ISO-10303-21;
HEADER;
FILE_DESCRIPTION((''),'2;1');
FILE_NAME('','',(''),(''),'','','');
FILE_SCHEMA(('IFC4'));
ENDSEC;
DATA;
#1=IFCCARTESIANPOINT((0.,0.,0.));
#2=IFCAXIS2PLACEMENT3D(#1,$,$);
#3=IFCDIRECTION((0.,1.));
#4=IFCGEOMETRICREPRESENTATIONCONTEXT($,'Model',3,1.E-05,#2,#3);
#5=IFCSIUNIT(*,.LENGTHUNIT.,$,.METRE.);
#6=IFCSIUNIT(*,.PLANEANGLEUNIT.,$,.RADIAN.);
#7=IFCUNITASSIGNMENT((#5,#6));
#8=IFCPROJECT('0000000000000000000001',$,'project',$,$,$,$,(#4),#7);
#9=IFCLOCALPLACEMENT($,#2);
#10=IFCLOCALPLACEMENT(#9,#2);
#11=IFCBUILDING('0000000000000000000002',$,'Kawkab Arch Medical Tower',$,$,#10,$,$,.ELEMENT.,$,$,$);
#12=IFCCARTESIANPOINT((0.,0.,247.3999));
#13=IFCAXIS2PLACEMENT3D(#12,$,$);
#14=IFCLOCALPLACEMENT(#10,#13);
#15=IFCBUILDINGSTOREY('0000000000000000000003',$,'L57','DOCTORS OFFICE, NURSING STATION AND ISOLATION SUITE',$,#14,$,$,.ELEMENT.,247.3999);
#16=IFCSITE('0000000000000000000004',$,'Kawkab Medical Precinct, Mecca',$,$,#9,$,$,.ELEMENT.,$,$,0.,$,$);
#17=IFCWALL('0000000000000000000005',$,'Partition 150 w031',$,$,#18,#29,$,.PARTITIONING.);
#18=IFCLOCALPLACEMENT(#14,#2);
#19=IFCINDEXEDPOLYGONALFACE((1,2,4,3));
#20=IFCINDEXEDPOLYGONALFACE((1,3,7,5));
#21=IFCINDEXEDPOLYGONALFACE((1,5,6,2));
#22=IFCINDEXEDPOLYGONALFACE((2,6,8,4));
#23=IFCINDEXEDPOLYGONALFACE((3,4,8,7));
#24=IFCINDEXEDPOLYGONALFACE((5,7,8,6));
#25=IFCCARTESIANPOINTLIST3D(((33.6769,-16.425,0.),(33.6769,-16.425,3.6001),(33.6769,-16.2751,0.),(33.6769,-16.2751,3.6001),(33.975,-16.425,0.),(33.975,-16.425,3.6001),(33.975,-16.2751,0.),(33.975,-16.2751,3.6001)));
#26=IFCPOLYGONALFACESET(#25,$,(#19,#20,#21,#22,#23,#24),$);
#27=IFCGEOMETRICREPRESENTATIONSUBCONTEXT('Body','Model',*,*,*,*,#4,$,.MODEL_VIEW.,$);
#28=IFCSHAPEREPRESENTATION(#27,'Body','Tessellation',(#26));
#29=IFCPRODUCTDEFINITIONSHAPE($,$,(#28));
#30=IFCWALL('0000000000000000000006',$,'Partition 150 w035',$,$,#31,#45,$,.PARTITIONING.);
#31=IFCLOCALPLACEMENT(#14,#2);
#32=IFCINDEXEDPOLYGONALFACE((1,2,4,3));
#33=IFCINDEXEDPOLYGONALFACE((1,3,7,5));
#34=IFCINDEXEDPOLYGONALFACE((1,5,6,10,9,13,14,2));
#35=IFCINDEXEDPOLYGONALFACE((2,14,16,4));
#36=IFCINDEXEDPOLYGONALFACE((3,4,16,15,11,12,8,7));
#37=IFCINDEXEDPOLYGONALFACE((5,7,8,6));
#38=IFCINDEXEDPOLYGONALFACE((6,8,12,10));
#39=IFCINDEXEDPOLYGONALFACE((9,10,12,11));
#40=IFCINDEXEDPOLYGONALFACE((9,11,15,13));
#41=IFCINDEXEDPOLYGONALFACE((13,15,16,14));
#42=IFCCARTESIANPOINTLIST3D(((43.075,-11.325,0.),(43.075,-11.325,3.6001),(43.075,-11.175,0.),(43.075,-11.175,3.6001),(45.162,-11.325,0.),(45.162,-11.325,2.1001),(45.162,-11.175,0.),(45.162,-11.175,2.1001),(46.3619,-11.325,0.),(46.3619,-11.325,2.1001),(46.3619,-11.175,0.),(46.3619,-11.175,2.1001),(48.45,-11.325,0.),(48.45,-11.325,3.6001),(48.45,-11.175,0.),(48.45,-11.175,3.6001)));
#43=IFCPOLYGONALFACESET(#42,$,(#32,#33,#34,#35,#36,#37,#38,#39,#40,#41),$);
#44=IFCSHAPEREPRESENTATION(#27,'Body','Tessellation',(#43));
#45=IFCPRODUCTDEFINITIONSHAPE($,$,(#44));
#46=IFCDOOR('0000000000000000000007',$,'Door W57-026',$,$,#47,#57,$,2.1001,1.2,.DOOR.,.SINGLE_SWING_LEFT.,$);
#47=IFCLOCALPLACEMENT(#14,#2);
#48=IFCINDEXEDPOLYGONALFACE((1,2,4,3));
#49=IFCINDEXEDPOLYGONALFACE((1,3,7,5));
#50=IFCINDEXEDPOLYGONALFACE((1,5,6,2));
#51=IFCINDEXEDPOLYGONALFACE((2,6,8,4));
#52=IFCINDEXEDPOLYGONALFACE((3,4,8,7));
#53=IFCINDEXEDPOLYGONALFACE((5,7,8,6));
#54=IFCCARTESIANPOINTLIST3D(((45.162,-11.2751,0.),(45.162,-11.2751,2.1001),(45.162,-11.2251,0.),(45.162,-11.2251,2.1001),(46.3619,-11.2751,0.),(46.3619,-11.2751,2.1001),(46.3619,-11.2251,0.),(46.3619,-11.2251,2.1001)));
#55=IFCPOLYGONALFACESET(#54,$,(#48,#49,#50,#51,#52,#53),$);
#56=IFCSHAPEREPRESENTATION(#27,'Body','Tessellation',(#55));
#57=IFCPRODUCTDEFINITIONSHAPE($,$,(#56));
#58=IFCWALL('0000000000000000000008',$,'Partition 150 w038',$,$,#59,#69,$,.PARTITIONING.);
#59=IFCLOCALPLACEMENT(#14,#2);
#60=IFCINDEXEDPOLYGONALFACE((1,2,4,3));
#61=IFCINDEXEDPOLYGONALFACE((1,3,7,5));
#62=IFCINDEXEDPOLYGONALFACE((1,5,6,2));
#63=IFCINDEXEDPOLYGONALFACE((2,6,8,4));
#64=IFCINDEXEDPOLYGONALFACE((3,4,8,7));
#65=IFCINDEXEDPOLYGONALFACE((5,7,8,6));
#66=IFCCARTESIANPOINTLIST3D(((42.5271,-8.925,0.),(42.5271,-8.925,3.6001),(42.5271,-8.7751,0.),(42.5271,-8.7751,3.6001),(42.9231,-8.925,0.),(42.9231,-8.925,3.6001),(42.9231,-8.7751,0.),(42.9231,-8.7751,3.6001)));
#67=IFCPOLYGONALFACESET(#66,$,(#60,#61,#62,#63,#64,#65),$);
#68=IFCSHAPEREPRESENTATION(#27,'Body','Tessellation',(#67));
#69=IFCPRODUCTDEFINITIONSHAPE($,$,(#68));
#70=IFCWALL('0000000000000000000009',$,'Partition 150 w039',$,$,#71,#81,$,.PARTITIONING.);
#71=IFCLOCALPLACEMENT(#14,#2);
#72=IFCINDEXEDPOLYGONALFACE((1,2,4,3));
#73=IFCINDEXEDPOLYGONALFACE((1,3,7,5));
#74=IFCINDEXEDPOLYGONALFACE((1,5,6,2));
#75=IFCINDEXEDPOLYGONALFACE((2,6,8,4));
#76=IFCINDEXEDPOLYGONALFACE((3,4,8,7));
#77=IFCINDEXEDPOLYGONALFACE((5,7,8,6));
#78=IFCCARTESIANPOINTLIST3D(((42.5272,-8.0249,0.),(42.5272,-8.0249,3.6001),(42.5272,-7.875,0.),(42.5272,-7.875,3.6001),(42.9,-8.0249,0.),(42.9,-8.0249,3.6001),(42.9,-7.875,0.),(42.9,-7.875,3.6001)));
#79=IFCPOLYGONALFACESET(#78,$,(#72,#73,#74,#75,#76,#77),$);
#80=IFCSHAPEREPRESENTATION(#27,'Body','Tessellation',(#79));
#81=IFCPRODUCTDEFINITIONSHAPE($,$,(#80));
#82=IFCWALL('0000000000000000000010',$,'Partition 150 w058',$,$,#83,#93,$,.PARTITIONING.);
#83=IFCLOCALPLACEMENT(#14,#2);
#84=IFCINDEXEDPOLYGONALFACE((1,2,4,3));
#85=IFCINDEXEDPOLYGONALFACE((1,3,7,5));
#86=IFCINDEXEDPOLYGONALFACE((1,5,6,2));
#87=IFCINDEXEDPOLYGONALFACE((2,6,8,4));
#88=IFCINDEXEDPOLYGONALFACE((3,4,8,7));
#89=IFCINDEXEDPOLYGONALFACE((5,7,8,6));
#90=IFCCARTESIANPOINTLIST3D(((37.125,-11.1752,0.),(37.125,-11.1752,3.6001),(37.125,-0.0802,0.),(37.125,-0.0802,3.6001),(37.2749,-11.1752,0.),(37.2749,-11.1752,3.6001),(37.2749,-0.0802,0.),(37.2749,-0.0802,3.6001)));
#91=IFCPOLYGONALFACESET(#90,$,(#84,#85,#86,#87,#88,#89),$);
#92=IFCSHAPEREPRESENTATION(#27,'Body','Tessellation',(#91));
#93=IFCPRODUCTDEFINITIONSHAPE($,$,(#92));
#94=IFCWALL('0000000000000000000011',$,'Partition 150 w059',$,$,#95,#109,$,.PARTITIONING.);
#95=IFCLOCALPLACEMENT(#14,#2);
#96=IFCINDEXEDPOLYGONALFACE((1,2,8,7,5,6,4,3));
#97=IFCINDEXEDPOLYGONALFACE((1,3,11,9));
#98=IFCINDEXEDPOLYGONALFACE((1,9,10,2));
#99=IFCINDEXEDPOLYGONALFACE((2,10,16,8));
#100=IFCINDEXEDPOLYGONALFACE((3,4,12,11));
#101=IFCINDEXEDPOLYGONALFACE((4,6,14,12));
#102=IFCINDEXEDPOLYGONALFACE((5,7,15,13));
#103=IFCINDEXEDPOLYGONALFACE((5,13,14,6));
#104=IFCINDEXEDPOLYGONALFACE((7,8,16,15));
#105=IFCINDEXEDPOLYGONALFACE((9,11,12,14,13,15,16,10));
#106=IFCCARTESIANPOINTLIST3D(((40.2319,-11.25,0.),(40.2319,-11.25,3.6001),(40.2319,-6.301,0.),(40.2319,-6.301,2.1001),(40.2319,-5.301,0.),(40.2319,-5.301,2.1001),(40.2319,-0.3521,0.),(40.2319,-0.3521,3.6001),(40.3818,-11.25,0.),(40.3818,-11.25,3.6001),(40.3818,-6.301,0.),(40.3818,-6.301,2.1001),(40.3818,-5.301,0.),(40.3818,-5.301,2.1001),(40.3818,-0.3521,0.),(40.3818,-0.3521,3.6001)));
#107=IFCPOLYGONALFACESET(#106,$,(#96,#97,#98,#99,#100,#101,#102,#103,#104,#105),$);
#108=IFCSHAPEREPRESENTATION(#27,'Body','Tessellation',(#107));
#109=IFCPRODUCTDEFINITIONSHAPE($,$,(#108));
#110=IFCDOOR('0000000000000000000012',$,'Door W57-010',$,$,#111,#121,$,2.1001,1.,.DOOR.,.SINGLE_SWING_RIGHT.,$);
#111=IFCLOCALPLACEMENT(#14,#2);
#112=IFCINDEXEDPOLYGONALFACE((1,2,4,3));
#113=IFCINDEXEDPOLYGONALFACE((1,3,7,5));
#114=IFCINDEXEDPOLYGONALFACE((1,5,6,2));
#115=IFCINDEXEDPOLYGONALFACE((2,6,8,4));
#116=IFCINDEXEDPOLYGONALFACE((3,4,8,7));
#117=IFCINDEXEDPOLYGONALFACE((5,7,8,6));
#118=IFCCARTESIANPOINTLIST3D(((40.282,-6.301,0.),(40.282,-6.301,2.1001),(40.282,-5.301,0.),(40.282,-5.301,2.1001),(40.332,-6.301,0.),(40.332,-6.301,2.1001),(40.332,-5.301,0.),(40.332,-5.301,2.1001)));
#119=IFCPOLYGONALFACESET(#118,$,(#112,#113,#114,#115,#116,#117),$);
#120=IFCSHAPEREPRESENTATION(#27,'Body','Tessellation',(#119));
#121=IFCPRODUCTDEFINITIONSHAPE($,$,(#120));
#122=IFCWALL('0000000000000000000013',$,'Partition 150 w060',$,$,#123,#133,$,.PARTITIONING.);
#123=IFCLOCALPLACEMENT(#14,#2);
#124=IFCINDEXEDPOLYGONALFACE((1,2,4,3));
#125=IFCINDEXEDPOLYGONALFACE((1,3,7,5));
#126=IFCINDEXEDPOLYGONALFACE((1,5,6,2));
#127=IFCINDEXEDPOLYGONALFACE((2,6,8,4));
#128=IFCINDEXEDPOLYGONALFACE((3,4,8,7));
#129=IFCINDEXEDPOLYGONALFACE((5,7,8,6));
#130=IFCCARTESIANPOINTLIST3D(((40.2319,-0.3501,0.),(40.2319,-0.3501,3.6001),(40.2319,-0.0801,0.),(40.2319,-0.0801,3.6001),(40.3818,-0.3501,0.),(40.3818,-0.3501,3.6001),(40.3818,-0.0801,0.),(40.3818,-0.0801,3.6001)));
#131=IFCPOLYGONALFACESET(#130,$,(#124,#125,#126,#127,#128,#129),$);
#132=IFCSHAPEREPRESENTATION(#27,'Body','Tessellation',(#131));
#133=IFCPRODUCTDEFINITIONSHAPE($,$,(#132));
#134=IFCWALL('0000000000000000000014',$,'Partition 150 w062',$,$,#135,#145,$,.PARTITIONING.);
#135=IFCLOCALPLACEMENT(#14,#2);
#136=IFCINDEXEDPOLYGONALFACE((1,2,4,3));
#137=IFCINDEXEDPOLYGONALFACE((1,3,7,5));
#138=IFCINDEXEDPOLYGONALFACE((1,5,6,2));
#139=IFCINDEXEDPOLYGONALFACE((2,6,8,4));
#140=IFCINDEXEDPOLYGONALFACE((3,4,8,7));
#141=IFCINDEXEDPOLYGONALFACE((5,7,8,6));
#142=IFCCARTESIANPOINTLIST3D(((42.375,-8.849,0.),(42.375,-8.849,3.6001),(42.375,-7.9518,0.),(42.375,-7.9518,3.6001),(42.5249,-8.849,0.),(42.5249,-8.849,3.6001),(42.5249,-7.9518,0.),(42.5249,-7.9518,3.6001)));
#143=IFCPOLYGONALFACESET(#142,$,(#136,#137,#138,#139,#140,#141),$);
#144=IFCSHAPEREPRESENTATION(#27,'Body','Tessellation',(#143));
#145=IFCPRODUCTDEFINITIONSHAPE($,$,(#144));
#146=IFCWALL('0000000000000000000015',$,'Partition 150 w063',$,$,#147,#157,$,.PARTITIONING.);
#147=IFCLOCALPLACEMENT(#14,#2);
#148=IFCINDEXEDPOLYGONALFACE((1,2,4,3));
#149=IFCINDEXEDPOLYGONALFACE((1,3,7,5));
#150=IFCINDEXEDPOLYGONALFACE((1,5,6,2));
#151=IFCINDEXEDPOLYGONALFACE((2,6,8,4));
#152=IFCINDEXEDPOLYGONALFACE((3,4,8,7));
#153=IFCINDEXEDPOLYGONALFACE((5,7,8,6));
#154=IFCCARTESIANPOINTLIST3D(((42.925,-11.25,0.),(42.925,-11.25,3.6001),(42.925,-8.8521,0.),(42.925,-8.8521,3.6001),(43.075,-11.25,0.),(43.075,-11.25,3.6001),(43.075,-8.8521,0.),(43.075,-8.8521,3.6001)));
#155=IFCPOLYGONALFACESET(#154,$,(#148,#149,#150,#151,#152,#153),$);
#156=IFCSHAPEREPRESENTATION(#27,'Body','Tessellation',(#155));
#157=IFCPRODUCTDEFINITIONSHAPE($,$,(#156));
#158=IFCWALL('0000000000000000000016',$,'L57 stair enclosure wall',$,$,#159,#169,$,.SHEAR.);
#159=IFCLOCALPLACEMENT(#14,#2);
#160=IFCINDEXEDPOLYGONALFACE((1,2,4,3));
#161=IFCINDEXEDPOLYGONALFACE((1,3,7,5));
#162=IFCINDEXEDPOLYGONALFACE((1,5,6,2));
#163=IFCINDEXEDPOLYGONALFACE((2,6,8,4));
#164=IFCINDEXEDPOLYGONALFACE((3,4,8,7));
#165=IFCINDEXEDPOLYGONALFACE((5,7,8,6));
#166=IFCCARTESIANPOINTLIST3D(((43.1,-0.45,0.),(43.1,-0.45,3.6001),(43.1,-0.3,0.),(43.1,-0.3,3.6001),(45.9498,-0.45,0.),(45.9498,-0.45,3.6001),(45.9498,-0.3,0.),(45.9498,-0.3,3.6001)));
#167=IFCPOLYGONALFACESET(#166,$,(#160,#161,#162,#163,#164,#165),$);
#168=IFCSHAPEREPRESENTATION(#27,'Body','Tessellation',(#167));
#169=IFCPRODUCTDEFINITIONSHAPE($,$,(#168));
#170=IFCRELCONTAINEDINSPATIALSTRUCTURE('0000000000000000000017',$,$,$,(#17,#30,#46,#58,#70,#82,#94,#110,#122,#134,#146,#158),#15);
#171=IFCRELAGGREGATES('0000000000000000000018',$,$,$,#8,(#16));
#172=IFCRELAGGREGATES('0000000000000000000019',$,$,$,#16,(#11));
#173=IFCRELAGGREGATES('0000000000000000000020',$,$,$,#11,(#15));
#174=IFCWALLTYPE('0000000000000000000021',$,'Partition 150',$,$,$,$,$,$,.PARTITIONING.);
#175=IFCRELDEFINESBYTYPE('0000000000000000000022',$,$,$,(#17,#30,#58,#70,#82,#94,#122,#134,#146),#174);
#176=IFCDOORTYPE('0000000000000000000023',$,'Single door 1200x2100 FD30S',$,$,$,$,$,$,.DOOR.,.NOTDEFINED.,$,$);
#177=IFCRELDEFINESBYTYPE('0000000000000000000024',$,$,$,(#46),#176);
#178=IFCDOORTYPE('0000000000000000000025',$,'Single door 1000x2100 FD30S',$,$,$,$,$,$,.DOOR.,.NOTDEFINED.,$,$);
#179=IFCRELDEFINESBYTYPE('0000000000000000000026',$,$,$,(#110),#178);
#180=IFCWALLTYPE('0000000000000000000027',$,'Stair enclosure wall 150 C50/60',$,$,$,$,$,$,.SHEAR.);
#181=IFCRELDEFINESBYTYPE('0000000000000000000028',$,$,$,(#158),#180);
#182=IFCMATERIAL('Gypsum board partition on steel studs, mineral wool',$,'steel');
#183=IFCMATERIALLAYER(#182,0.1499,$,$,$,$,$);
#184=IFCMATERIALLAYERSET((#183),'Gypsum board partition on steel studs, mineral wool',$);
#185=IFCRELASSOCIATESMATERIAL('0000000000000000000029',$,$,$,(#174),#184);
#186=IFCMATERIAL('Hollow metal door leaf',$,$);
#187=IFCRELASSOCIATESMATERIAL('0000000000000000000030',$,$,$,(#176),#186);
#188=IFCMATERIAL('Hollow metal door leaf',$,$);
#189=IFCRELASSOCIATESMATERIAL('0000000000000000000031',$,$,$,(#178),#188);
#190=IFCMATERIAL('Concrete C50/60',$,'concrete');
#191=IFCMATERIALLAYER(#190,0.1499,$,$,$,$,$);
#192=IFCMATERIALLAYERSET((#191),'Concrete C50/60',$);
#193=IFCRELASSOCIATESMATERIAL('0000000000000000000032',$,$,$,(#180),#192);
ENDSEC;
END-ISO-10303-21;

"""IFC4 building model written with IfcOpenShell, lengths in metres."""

from ifc_helpers import new_model, si_unit, direction, frame, frame_2d, origin, place, context, subcontext, project, spatial, rectangle, extrude, material, layer, layer_set, type_object, element, fill, save


model = new_model("IFC4")

# Units and contexts
model_context = context("Model", 3, precision=1e-05, world=origin(), true_north=direction((0.0, 1.0)))
body_context = subcontext(model_context, "Body", "Model", "MODEL_VIEW")
ifc_project = project(units=[si_unit("LENGTHUNIT", "METRE"), si_unit("PLANEANGLEUNIT", "RADIAN")], contexts=[model_context])

# Site, building, storey
site_placement = place(None, origin())
site = spatial("IfcSite", under=ifc_project, at=site_placement, Name="Kawkab Medical Precinct, Mecca", CompositionType="ELEMENT", RefElevation=0.0)
building_placement = place(site_placement, origin())
building = spatial("IfcBuilding", under=site, at=building_placement, Name="Kawkab Arch Medical Tower", CompositionType="ELEMENT")
storey_placement = place(building_placement, frame((0.0, 0.0, 247.3999)))
storey = spatial("IfcBuildingStorey", under=building, at=storey_placement, Name="L57", Description="DOCTORS OFFICE, NURSING STATION AND ISOLATION SUITE", CompositionType="ELEMENT", Elevation=247.3999)

# Wall
ifc_material_1 = material(Name="Gypsum board partition on steel studs, mineral wool", Category="steel")
ifc_layer_1 = layer(ifc_material_1, 0.1499)
ifc_layer_set_1 = layer_set([ifc_layer_1], Name="Gypsum board partition on steel studs, mineral wool")
wall_type_1 = type_object("IfcWallType", Name="Partition 150", PredefinedType="PARTITIONING", material=ifc_layer_set_1)
wall_1_placement = place(storey_placement, frame((33.677, -16.3501, 0.0), z_axis=(0.0, 0.0, 1.0), x_axis=(1.0, 0.0, 0.0)))
element("IfcWall", 1, at=wall_1_placement, inside=storey, type_object=wall_type_1, Name="Partition 150 w031", PredefinedType="PARTITIONING", context=body_context, shape_type="SweptSolid", body=[
    extrude(rectangle(XDim=0.2981, YDim=0.1499, at=frame_2d((0.1489, 0.0))), origin(), (0.0, 0.0, 1.0), 3.6001),
])

# Wall, opening, door
wall_2_placement = place(storey_placement, frame((43.075, -11.25, 0.0), z_axis=(0.0, 0.0, 1.0), x_axis=(1.0, 0.0, 0.0)))
wall_2 = element("IfcWall", 2, at=wall_2_placement, inside=storey, type_object=wall_type_1, Name="Partition 150 w035", PredefinedType="PARTITIONING", context=body_context, shape_type="SweptSolid", body=[
    extrude(rectangle(XDim=5.375, YDim=0.1499, at=frame_2d((2.6875, 0.0))), origin(), (0.0, 0.0, 1.0), 3.6001),
])
opening_1_placement = place(wall_2_placement, frame((2.0869, 0.0, 0.0)))
opening_1 = element("IfcOpeningElement", 3, at=opening_1_placement, cuts=wall_2, PredefinedType="OPENING", context=body_context, shape_type="SweptSolid", body=[
    extrude(rectangle(XDim=1.2, YDim=2.1001, at=frame_2d((0.6001, 1.05))), frame((0.0, 0.085, 0.0), z_axis=(0.0, -1.0, 0.0), x_axis=(1.0, 0.0, 0.0)), (0.0, 0.0, 1.0), 0.1699),
])
ifc_material_2 = material(Name="Hollow metal door leaf")
door_type_1 = type_object("IfcDoorType", Name="Single door 1200x2100 FD30S", OperationType="NOTDEFINED", PredefinedType="DOOR", material=ifc_material_2)
door_1_placement = place(opening_1_placement, origin())
door_1 = element("IfcDoor", 4, at=door_1_placement, inside=storey, type_object=door_type_1, Name="Door W57-026", OperationType="SINGLE_SWING_LEFT", OverallHeight=2.1001, OverallWidth=1.2, PredefinedType="DOOR", context=body_context, shape_type="SweptSolid", body=[
    extrude(rectangle(XDim=1.2, YDim=2.1001, at=frame_2d((0.6001, 1.05))), frame((0.0, 0.0249, 0.0), z_axis=(0.0, -1.0, 0.0), x_axis=(1.0, 0.0, 0.0)), (0.0, 0.0, 1.0), 0.05),
])
fill(opening_1, door_1)

# Walls
wall_3_placement = place(storey_placement, frame((42.5271, -8.8501, 0.0), z_axis=(0.0, 0.0, 1.0), x_axis=(1.0, 0.0, 0.0)))
element("IfcWall", 5, at=wall_3_placement, inside=storey, type_object=wall_type_1, Name="Partition 150 w038", PredefinedType="PARTITIONING", context=body_context, shape_type="SweptSolid", body=[
    extrude(rectangle(XDim=0.396, YDim=0.1499, at=frame_2d((0.198, 0.0))), origin(), (0.0, 0.0, 1.0), 3.6001),
])
wall_4_placement = place(storey_placement, frame((42.5271, -7.95, 0.0), z_axis=(0.0, 0.0, 1.0), x_axis=(1.0, 0.0, 0.0)))
element("IfcWall", 6, at=wall_4_placement, inside=storey, type_object=wall_type_1, Name="Partition 150 w039", PredefinedType="PARTITIONING", context=body_context, shape_type="SweptSolid", body=[
    extrude(rectangle(XDim=0.3728, YDim=0.1499, at=frame_2d((0.1865, 0.0))), origin(), (0.0, 0.0, 1.0), 3.6001),
])
wall_5_placement = place(storey_placement, frame((37.2, -11.175, 0.0), z_axis=(0.0, 0.0, 1.0), x_axis=(0.0, 1.0, 0.0)))
element("IfcWall", 7, at=wall_5_placement, inside=storey, type_object=wall_type_1, Name="Partition 150 w058", PredefinedType="PARTITIONING", context=body_context, shape_type="SweptSolid", body=[
    extrude(rectangle(XDim=11.095, YDim=0.1499, at=frame_2d((5.5474, 0.0))), origin(), (0.0, 0.0, 1.0), 3.6001),
])

# Wall, opening, door
wall_6_placement = place(storey_placement, frame((40.3069, -11.25, 0.0), z_axis=(0.0, 0.0, 1.0), x_axis=(0.0, 1.0, 0.0)))
wall_6 = element("IfcWall", 8, at=wall_6_placement, inside=storey, type_object=wall_type_1, Name="Partition 150 w059", PredefinedType="PARTITIONING", context=body_context, shape_type="SweptSolid", body=[
    extrude(rectangle(XDim=10.8979, YDim=0.1499, at=frame_2d((5.449, 0.0))), origin(), (0.0, 0.0, 1.0), 3.6001),
])
opening_2_placement = place(wall_6_placement, frame((4.949, 0.0, 0.0)))
opening_2 = element("IfcOpeningElement", 9, at=opening_2_placement, cuts=wall_6, PredefinedType="OPENING", context=body_context, shape_type="SweptSolid", body=[
    extrude(rectangle(XDim=1.0, YDim=2.1001, at=frame_2d((0.5, 1.05))), frame((0.0, 0.085, 0.0), z_axis=(0.0, -1.0, 0.0), x_axis=(1.0, 0.0, 0.0)), (0.0, 0.0, 1.0), 0.1699),
])
ifc_material_3 = material(Name="Hollow metal door leaf")
door_type_2 = type_object("IfcDoorType", Name="Single door 1000x2100 FD30S", OperationType="NOTDEFINED", PredefinedType="DOOR", material=ifc_material_3)
door_2_placement = place(opening_2_placement, origin())
door_2 = element("IfcDoor", 10, at=door_2_placement, inside=storey, type_object=door_type_2, Name="Door W57-010", OperationType="SINGLE_SWING_RIGHT", OverallHeight=2.1001, OverallWidth=1.0, PredefinedType="DOOR", context=body_context, shape_type="SweptSolid", body=[
    extrude(rectangle(XDim=1.0, YDim=2.1001, at=frame_2d((0.5, 1.05))), frame((0.0, 0.0249, 0.0), z_axis=(0.0, -1.0, 0.0), x_axis=(1.0, 0.0, 0.0)), (0.0, 0.0, 1.0), 0.05),
])
fill(opening_2, door_2)

# Walls
wall_7_placement = place(storey_placement, frame((40.3069, -0.3501, 0.0), z_axis=(0.0, 0.0, 1.0), x_axis=(0.0, 1.0, 0.0)))
element("IfcWall", 11, at=wall_7_placement, inside=storey, type_object=wall_type_1, Name="Partition 150 w060", PredefinedType="PARTITIONING", context=body_context, shape_type="SweptSolid", body=[
    extrude(rectangle(XDim=0.27, YDim=0.1499, at=frame_2d((0.135, 0.0))), origin(), (0.0, 0.0, 1.0), 3.6001),
])
wall_8_placement = place(storey_placement, frame((42.45, -8.8491, 0.0), z_axis=(0.0, 0.0, 1.0), x_axis=(0.0, 1.0, 0.0)))
element("IfcWall", 12, at=wall_8_placement, inside=storey, type_object=wall_type_1, Name="Partition 150 w062", PredefinedType="PARTITIONING", context=body_context, shape_type="SweptSolid", body=[
    extrude(rectangle(XDim=0.8972, YDim=0.1499, at=frame_2d((0.4487, 0.0))), origin(), (0.0, 0.0, 1.0), 3.6001),
])
wall_9_placement = place(storey_placement, frame((43.0, -11.25, 0.0), z_axis=(0.0, 0.0, 1.0), x_axis=(0.0, 1.0, 0.0)))
element("IfcWall", 13, at=wall_9_placement, inside=storey, type_object=wall_type_1, Name="Partition 150 w063", PredefinedType="PARTITIONING", context=body_context, shape_type="SweptSolid", body=[
    extrude(rectangle(XDim=2.3979, YDim=0.1499, at=frame_2d((1.199, 0.0))), origin(), (0.0, 0.0, 1.0), 3.6001),
])
ifc_material_4 = material(Name="Concrete C50/60", Category="concrete")
ifc_layer_2 = layer(ifc_material_4, 0.1499)
ifc_layer_set_2 = layer_set([ifc_layer_2], Name="Concrete C50/60")
wall_type_2 = type_object("IfcWallType", Name="Stair enclosure wall 150 C50/60", PredefinedType="SHEAR", material=ifc_layer_set_2)
wall_10_placement = place(storey_placement, frame((43.1001, -0.375, 0.0), z_axis=(0.0, 0.0, 1.0), x_axis=(1.0, 0.0, 0.0)))
element("IfcWall", 14, at=wall_10_placement, inside=storey, type_object=wall_type_2, Name="L57 stair enclosure wall", PredefinedType="SHEAR", context=body_context, shape_type="SweptSolid", body=[
    extrude(rectangle(XDim=2.8499, YDim=0.1499, at=frame_2d((1.4248, 0.0))), origin(), (0.0, 0.0, 1.0), 3.6001),
])

save(model, "model.ifc")
